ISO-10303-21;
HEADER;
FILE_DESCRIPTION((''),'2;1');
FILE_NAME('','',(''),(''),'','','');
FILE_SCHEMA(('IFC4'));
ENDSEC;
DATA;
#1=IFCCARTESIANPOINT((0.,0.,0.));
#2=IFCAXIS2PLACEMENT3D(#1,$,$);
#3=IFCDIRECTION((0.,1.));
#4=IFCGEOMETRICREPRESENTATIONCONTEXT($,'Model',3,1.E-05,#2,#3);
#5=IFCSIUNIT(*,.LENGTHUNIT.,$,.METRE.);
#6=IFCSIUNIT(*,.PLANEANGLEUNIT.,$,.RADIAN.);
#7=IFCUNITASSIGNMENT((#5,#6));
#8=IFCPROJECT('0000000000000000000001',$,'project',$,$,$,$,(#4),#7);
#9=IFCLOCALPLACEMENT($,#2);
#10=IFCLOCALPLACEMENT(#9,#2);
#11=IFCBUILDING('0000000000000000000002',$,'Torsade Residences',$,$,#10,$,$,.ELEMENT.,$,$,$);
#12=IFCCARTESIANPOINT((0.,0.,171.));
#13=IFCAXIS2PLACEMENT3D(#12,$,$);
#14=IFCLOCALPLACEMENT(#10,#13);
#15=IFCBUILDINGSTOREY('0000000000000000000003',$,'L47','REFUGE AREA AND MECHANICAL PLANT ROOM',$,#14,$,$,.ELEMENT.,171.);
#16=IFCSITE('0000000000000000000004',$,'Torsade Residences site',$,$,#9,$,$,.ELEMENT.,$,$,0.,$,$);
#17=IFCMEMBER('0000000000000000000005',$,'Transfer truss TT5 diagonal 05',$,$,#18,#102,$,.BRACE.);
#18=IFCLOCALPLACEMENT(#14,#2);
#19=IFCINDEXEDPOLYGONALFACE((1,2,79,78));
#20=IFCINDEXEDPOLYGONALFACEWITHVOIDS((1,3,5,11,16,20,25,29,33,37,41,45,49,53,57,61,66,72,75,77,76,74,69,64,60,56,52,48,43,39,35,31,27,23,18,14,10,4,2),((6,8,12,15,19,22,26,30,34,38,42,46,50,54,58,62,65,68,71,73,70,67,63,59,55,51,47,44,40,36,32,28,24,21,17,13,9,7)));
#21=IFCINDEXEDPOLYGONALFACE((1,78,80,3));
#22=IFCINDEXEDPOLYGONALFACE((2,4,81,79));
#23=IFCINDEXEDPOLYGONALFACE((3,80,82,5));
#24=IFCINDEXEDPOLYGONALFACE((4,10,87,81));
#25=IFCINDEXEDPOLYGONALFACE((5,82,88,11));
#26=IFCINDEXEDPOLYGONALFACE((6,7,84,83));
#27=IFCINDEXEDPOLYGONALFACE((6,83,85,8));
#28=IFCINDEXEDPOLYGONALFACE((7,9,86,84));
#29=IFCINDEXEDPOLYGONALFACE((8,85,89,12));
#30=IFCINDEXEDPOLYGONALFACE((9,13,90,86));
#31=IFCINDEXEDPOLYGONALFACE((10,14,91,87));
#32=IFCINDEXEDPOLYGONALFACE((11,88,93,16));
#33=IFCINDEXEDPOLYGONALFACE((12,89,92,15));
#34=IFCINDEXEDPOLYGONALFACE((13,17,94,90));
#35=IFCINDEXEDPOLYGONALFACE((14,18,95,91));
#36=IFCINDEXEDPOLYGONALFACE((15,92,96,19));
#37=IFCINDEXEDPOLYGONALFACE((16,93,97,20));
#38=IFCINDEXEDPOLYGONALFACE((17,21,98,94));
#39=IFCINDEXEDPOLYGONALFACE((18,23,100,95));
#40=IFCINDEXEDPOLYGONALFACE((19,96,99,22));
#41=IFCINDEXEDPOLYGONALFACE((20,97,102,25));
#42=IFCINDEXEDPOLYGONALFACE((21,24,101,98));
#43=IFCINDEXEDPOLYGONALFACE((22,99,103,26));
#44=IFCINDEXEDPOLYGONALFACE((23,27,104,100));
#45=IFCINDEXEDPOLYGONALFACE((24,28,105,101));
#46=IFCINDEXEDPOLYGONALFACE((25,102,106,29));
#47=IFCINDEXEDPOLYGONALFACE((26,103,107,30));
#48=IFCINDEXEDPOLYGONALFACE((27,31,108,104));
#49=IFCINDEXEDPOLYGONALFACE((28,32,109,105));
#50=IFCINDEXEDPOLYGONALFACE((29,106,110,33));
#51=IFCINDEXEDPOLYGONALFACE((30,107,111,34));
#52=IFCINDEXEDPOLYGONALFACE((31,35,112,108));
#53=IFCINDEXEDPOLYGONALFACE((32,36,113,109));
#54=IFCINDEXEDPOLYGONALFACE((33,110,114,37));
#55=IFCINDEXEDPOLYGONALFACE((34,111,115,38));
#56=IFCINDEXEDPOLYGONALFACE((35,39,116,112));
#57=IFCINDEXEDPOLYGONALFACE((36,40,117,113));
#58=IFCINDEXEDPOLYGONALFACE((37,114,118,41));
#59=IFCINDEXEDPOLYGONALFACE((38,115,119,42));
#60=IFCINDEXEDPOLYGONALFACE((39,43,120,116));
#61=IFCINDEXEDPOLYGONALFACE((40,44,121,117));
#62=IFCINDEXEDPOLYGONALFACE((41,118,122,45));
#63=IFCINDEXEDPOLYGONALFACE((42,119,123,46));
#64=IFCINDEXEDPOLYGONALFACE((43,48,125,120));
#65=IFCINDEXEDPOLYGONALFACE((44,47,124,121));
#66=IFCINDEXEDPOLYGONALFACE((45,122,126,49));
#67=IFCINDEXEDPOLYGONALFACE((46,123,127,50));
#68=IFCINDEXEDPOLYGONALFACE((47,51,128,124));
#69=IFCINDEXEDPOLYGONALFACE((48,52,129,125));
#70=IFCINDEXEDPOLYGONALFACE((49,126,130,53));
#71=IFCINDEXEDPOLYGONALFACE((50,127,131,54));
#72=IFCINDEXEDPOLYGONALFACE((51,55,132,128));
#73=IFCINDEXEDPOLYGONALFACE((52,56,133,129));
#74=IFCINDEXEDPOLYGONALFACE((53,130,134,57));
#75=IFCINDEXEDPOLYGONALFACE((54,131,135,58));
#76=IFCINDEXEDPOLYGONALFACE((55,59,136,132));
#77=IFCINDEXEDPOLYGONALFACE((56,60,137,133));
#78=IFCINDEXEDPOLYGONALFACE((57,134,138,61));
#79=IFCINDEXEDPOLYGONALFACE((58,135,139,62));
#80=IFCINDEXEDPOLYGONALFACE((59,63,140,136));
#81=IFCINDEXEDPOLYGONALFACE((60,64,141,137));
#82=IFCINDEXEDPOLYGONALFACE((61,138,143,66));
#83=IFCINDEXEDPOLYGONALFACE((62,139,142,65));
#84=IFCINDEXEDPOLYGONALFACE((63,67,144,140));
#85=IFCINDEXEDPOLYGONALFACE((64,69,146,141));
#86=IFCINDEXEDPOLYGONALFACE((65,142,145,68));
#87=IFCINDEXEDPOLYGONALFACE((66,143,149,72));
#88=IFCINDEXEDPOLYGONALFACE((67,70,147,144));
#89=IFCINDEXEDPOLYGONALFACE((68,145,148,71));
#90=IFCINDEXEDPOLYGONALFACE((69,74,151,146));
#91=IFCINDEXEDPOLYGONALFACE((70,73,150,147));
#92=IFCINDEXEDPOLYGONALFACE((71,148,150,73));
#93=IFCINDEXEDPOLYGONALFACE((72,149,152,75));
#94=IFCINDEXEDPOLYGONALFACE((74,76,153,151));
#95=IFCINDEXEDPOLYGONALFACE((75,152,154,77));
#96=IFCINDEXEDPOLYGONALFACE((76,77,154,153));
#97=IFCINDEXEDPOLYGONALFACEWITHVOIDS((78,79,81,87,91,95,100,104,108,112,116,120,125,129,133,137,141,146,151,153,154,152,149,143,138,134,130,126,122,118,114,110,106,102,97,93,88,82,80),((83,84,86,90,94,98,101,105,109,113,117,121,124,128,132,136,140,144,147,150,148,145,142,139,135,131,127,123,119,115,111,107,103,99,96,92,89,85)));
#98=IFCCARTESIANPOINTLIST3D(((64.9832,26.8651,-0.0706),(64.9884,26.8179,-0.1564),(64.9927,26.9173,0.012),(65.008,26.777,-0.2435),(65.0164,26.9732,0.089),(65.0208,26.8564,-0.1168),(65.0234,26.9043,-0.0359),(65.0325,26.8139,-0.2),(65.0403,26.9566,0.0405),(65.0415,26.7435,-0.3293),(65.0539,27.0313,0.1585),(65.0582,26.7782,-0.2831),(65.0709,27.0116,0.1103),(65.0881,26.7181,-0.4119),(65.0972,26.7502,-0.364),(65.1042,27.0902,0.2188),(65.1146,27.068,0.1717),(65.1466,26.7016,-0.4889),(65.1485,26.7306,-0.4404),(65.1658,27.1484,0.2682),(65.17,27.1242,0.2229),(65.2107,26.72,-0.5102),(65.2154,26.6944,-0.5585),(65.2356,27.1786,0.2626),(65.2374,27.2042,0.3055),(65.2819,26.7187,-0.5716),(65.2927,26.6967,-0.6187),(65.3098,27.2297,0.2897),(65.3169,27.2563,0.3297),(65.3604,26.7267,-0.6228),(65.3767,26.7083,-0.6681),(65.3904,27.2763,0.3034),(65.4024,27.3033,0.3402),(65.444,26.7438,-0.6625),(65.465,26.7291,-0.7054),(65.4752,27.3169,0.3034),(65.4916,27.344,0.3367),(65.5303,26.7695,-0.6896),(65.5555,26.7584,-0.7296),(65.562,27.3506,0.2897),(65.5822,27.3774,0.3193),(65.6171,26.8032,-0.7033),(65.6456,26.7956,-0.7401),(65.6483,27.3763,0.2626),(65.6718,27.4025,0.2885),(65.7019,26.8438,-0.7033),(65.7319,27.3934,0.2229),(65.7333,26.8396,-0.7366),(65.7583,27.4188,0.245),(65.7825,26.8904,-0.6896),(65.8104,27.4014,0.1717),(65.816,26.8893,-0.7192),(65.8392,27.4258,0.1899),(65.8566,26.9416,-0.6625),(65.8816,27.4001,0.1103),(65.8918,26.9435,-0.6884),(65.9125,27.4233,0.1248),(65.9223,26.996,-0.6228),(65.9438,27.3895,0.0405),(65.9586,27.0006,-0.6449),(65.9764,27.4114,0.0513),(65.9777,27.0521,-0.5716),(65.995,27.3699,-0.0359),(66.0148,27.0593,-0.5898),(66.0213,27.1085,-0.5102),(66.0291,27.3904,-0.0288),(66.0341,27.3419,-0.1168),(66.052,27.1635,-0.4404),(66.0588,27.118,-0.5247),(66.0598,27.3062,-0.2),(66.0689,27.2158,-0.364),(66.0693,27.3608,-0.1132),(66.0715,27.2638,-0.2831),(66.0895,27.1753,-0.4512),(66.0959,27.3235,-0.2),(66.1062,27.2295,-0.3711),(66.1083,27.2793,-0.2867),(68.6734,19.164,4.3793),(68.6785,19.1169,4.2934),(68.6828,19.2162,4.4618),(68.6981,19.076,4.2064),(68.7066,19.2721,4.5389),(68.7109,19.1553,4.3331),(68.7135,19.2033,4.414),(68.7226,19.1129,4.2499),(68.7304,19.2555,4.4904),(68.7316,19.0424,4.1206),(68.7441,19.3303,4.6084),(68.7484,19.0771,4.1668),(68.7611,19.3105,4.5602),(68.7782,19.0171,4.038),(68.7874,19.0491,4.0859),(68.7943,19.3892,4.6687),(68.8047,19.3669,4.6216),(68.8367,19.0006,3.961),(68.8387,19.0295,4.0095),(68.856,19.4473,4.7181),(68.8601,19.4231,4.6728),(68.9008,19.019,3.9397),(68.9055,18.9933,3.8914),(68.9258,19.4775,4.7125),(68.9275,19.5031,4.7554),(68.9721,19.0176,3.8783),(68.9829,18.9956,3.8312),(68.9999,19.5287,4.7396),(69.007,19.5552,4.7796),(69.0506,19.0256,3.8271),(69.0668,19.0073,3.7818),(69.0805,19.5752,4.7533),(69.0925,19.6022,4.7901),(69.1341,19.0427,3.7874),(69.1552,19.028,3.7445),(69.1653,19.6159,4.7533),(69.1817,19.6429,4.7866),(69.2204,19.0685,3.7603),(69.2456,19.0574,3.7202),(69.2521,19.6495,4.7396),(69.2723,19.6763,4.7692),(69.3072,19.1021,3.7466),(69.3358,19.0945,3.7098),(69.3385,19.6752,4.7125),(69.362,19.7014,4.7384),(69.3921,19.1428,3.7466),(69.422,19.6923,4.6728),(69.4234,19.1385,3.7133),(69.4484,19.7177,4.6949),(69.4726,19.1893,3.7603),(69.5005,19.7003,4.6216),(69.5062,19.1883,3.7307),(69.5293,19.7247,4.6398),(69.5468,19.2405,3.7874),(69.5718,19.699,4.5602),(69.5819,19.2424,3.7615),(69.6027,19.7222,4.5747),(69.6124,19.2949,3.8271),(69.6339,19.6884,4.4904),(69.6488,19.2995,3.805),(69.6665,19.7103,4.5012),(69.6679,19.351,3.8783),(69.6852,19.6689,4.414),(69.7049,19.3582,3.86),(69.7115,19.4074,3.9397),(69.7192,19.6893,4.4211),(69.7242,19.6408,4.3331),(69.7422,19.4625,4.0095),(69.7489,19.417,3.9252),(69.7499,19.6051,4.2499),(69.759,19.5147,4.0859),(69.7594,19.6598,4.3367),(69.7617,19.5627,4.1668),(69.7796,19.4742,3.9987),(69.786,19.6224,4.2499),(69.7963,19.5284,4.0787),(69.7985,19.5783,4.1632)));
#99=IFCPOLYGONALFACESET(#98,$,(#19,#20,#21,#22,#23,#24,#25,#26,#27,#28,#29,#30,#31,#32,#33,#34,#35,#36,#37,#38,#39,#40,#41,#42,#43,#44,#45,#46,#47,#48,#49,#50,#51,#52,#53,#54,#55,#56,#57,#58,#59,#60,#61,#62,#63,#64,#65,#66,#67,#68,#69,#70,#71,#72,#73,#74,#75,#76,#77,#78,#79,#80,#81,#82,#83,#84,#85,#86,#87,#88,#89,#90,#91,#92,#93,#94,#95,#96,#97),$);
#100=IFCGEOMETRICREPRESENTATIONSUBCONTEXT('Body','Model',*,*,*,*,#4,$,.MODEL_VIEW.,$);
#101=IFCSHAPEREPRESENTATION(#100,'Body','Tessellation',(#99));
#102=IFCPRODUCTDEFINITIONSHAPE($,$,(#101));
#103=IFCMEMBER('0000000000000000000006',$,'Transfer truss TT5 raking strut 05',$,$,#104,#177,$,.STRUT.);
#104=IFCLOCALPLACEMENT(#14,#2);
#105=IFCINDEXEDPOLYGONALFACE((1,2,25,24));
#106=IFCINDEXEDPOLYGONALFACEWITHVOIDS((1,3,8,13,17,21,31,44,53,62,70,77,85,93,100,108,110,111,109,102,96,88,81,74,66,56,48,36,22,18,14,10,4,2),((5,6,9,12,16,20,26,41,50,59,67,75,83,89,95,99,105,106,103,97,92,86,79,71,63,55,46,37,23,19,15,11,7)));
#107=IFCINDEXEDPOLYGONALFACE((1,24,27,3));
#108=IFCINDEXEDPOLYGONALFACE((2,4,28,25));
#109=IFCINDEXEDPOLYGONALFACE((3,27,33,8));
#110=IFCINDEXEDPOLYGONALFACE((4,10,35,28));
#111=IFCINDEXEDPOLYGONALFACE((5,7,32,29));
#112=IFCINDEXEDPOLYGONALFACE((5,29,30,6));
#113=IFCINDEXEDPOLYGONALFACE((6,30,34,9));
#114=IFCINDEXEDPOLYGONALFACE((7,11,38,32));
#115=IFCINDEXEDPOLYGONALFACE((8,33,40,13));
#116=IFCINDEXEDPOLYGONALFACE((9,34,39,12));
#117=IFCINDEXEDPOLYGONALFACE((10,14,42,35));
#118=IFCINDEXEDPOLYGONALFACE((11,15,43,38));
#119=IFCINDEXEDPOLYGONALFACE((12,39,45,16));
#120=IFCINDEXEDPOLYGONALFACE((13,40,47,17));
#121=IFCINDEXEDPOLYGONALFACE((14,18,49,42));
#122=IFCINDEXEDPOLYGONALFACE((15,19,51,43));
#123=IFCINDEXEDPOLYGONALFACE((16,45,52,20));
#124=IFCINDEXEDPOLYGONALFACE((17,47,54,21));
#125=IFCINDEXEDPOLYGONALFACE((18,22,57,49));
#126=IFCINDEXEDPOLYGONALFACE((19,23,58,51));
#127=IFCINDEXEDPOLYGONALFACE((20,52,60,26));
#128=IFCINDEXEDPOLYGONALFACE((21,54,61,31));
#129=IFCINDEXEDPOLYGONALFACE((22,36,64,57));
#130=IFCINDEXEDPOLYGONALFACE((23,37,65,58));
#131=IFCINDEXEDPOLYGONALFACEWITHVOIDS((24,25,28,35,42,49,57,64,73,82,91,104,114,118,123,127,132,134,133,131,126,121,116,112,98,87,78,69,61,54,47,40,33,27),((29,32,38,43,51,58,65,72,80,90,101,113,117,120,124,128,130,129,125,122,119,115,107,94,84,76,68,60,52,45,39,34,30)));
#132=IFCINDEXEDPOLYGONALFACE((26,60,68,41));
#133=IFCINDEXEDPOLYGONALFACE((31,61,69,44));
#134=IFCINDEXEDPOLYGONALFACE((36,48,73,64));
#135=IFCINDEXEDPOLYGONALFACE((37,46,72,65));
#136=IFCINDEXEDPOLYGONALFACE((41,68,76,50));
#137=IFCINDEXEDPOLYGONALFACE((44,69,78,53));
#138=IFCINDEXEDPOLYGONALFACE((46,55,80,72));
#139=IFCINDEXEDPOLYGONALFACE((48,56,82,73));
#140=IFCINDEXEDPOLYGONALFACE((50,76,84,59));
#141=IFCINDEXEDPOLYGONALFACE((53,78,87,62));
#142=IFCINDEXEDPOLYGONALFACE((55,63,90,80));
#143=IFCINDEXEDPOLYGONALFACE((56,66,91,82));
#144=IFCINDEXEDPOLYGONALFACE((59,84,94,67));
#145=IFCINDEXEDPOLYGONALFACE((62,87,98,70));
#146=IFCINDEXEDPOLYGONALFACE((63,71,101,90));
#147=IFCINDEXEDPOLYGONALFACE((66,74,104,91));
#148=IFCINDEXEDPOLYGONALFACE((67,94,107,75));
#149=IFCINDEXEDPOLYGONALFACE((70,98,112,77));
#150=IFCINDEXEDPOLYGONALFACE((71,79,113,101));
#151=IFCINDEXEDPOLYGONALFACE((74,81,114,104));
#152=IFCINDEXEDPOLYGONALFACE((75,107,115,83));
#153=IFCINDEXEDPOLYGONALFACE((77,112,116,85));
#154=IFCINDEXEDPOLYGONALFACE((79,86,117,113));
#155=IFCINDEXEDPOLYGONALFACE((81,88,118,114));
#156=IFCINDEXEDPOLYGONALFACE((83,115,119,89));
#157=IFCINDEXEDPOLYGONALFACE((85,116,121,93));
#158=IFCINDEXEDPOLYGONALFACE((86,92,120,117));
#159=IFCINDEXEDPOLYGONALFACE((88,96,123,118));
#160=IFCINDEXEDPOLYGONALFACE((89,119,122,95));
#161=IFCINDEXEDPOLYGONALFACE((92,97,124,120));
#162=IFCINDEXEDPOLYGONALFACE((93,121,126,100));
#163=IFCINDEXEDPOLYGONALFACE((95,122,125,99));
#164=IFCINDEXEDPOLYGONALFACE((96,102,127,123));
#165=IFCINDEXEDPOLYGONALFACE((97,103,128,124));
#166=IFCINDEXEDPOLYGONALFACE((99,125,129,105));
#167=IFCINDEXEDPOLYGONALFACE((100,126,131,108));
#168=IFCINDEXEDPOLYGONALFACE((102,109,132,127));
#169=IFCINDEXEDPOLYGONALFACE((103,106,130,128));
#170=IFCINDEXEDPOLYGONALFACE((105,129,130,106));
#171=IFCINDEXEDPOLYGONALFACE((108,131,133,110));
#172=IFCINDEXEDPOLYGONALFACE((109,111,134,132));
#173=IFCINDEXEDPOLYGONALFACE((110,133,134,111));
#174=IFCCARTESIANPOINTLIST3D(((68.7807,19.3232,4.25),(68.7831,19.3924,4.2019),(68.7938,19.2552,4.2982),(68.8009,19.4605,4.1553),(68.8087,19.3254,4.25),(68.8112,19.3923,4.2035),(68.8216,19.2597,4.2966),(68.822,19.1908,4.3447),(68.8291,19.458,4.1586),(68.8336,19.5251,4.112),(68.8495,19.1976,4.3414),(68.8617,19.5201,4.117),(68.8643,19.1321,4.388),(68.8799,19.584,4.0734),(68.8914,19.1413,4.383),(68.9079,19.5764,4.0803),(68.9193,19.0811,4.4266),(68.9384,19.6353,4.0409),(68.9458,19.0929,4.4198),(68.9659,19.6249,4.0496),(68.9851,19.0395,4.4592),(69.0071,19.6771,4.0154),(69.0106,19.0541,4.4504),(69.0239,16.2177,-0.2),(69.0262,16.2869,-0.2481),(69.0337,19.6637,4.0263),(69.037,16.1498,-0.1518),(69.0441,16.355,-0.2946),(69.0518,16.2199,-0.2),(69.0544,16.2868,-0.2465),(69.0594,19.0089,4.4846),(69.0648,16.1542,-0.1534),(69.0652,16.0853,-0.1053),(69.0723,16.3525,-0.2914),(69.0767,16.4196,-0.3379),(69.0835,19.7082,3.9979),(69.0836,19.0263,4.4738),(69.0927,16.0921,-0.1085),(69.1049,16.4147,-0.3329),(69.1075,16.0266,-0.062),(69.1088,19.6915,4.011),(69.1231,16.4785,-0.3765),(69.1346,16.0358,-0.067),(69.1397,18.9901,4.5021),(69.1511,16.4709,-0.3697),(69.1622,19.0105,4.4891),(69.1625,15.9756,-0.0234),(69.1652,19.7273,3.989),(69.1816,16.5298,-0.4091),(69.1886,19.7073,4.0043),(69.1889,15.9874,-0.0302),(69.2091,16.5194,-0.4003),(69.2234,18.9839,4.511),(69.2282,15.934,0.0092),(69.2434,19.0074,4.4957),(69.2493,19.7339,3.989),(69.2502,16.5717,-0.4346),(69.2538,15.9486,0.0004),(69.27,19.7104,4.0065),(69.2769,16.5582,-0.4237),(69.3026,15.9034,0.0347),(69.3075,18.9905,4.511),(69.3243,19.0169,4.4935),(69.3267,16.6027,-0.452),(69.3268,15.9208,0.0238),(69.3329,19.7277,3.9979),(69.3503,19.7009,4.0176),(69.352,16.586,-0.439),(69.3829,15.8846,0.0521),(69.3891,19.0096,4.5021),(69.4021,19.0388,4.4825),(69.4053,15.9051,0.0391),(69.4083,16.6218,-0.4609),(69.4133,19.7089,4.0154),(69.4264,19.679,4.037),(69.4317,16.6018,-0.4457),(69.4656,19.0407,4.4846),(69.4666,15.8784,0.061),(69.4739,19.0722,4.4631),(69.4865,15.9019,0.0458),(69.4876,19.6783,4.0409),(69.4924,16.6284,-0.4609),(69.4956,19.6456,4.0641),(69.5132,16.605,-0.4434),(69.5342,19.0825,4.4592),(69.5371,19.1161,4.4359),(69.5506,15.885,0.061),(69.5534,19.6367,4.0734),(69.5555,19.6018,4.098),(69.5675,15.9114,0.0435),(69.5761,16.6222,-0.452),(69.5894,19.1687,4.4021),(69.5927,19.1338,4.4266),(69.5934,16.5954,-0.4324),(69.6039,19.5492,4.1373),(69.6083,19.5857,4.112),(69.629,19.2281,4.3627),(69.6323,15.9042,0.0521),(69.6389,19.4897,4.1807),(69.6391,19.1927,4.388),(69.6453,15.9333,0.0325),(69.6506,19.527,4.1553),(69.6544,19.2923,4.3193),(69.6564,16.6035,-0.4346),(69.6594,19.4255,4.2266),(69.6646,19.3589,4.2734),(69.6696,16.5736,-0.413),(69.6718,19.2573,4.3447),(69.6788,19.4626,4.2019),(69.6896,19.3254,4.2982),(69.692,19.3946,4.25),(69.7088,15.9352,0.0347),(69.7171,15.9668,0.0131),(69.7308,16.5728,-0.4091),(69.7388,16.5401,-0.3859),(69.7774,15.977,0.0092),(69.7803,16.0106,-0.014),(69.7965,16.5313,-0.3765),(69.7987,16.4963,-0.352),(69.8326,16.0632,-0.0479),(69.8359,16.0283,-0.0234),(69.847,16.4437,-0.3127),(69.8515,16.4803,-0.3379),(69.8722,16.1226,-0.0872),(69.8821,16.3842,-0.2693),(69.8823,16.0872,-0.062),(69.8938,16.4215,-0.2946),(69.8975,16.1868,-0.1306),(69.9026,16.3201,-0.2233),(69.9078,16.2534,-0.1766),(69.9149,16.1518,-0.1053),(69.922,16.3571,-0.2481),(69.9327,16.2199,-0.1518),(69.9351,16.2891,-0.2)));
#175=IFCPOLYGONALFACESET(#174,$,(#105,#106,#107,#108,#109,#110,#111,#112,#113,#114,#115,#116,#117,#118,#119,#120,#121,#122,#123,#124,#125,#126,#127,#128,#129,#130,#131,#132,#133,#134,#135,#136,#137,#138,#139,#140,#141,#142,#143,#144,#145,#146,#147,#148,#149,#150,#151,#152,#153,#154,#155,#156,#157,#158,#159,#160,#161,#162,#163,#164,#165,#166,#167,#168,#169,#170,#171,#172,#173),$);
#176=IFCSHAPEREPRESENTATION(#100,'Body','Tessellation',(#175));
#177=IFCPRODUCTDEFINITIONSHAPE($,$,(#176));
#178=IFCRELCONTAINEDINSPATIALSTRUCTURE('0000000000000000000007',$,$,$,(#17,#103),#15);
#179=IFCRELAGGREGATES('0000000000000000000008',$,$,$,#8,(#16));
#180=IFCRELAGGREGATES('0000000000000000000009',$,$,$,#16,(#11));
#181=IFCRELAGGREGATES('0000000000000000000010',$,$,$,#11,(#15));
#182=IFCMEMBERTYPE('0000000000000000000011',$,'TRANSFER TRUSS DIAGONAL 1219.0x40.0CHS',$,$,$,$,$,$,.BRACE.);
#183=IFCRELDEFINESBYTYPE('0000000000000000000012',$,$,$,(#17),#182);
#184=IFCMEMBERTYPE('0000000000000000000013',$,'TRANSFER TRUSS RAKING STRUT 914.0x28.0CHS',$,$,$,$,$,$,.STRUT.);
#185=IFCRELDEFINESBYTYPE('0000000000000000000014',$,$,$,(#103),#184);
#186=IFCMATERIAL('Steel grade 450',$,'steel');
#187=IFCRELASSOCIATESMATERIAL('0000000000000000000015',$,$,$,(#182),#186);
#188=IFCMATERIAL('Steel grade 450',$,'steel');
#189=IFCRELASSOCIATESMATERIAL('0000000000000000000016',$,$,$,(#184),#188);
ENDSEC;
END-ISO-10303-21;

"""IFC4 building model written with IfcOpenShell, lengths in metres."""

from ifc_helpers import new_model, si_unit, direction, frame, origin, origin_2d, place, context, subcontext, project, spatial, hollow_circle, extrude, material, material_profile, profile_set, type_object, element, save


model = new_model("IFC4")

# Units and contexts
model_context = context("Model", 3, precision=1e-05, world=origin(), true_north=direction((0.0, 1.0)))
body_context = subcontext(model_context, "Body", "Model", "MODEL_VIEW")
ifc_project = project(units=[si_unit("LENGTHUNIT", "METRE"), si_unit("PLANEANGLEUNIT", "RADIAN")], contexts=[model_context])

# Site, building, storey
site_placement = place(None, origin())
site = spatial("IfcSite", under=ifc_project, at=site_placement, Name="Torsade Residences site", CompositionType="ELEMENT", RefElevation=0.0)
building_placement = place(site_placement, origin())
building = spatial("IfcBuilding", under=site, at=building_placement, Name="Torsade Residences", CompositionType="ELEMENT")
storey_placement = place(building_placement, frame((0.0, 0.0, 171.0)))
storey = spatial("IfcBuildingStorey", under=building, at=storey_placement, Name="L47", Description="REFUGE AREA AND MECHANICAL PLANT ROOM", CompositionType="ELEMENT", Elevation=171.0)

# Members
ifc_material_1 = material(Name="Steel grade 450", Category="steel")
ifc_material_profile_1 = material_profile(ifc_material_1, hollow_circle(Radius=0.6096, WallThickness=0.04, at=origin_2d()), Name="1219.0x40.0CHS")
ifc_profile_set_1 = profile_set([ifc_material_profile_1], Name="Steel grade 450")
member_type_1 = type_object("IfcMemberType", Name="TRANSFER TRUSS DIAGONAL 1219.0x40.0CHS", PredefinedType="BRACE", material=ifc_profile_set_1)
member_1_placement = place(storey_placement, frame((65.5461, 27.0601, -0.2), z_axis=(0.383216, -0.799746, 0.462116), x_axis=(0.901814, 0.432124, 0.0)))
element("IfcMember", 1, at=member_1_placement, inside=storey, type_object=member_type_1, Name="Transfer truss TT5 diagonal 05", PredefinedType="BRACE", context=body_context, shape_type="SweptSolid", body=[
    extrude(hollow_circle(Radius=0.6096, WallThickness=0.04, at=origin_2d()), origin(), (0.0, 0.0, 1.0), 9.6294),
])
ifc_material_2 = material(Name="Steel grade 450", Category="steel")
ifc_material_profile_2 = material_profile(ifc_material_2, hollow_circle(Radius=0.457, WallThickness=0.0281, at=origin_2d()), Name="914.0x28.0CHS")
ifc_profile_set_2 = profile_set([ifc_material_profile_2], Name="Steel grade 450")
member_type_2 = type_object("IfcMemberType", Name="TRANSFER TRUSS RAKING STRUT 914.0x28.0CHS", PredefinedType="STRUT", material=ifc_profile_set_2)
member_2_placement = place(storey_placement, frame((69.4795, 16.2534, -0.2), z_axis=(-0.044766, 0.571713, 0.819231), x_axis=(-0.996948, -0.078063, 0.0)))
element("IfcMember", 2, at=member_2_placement, inside=storey, type_object=member_type_2, Name="Transfer truss TT5 raking strut 05", PredefinedType="STRUT", context=body_context, shape_type="SweptSolid", body=[
    extrude(hollow_circle(Radius=0.457, WallThickness=0.0281, at=origin_2d()), origin(), (0.0, 0.0, 1.0), 5.4319),
])

save(model, "model.ifc")
